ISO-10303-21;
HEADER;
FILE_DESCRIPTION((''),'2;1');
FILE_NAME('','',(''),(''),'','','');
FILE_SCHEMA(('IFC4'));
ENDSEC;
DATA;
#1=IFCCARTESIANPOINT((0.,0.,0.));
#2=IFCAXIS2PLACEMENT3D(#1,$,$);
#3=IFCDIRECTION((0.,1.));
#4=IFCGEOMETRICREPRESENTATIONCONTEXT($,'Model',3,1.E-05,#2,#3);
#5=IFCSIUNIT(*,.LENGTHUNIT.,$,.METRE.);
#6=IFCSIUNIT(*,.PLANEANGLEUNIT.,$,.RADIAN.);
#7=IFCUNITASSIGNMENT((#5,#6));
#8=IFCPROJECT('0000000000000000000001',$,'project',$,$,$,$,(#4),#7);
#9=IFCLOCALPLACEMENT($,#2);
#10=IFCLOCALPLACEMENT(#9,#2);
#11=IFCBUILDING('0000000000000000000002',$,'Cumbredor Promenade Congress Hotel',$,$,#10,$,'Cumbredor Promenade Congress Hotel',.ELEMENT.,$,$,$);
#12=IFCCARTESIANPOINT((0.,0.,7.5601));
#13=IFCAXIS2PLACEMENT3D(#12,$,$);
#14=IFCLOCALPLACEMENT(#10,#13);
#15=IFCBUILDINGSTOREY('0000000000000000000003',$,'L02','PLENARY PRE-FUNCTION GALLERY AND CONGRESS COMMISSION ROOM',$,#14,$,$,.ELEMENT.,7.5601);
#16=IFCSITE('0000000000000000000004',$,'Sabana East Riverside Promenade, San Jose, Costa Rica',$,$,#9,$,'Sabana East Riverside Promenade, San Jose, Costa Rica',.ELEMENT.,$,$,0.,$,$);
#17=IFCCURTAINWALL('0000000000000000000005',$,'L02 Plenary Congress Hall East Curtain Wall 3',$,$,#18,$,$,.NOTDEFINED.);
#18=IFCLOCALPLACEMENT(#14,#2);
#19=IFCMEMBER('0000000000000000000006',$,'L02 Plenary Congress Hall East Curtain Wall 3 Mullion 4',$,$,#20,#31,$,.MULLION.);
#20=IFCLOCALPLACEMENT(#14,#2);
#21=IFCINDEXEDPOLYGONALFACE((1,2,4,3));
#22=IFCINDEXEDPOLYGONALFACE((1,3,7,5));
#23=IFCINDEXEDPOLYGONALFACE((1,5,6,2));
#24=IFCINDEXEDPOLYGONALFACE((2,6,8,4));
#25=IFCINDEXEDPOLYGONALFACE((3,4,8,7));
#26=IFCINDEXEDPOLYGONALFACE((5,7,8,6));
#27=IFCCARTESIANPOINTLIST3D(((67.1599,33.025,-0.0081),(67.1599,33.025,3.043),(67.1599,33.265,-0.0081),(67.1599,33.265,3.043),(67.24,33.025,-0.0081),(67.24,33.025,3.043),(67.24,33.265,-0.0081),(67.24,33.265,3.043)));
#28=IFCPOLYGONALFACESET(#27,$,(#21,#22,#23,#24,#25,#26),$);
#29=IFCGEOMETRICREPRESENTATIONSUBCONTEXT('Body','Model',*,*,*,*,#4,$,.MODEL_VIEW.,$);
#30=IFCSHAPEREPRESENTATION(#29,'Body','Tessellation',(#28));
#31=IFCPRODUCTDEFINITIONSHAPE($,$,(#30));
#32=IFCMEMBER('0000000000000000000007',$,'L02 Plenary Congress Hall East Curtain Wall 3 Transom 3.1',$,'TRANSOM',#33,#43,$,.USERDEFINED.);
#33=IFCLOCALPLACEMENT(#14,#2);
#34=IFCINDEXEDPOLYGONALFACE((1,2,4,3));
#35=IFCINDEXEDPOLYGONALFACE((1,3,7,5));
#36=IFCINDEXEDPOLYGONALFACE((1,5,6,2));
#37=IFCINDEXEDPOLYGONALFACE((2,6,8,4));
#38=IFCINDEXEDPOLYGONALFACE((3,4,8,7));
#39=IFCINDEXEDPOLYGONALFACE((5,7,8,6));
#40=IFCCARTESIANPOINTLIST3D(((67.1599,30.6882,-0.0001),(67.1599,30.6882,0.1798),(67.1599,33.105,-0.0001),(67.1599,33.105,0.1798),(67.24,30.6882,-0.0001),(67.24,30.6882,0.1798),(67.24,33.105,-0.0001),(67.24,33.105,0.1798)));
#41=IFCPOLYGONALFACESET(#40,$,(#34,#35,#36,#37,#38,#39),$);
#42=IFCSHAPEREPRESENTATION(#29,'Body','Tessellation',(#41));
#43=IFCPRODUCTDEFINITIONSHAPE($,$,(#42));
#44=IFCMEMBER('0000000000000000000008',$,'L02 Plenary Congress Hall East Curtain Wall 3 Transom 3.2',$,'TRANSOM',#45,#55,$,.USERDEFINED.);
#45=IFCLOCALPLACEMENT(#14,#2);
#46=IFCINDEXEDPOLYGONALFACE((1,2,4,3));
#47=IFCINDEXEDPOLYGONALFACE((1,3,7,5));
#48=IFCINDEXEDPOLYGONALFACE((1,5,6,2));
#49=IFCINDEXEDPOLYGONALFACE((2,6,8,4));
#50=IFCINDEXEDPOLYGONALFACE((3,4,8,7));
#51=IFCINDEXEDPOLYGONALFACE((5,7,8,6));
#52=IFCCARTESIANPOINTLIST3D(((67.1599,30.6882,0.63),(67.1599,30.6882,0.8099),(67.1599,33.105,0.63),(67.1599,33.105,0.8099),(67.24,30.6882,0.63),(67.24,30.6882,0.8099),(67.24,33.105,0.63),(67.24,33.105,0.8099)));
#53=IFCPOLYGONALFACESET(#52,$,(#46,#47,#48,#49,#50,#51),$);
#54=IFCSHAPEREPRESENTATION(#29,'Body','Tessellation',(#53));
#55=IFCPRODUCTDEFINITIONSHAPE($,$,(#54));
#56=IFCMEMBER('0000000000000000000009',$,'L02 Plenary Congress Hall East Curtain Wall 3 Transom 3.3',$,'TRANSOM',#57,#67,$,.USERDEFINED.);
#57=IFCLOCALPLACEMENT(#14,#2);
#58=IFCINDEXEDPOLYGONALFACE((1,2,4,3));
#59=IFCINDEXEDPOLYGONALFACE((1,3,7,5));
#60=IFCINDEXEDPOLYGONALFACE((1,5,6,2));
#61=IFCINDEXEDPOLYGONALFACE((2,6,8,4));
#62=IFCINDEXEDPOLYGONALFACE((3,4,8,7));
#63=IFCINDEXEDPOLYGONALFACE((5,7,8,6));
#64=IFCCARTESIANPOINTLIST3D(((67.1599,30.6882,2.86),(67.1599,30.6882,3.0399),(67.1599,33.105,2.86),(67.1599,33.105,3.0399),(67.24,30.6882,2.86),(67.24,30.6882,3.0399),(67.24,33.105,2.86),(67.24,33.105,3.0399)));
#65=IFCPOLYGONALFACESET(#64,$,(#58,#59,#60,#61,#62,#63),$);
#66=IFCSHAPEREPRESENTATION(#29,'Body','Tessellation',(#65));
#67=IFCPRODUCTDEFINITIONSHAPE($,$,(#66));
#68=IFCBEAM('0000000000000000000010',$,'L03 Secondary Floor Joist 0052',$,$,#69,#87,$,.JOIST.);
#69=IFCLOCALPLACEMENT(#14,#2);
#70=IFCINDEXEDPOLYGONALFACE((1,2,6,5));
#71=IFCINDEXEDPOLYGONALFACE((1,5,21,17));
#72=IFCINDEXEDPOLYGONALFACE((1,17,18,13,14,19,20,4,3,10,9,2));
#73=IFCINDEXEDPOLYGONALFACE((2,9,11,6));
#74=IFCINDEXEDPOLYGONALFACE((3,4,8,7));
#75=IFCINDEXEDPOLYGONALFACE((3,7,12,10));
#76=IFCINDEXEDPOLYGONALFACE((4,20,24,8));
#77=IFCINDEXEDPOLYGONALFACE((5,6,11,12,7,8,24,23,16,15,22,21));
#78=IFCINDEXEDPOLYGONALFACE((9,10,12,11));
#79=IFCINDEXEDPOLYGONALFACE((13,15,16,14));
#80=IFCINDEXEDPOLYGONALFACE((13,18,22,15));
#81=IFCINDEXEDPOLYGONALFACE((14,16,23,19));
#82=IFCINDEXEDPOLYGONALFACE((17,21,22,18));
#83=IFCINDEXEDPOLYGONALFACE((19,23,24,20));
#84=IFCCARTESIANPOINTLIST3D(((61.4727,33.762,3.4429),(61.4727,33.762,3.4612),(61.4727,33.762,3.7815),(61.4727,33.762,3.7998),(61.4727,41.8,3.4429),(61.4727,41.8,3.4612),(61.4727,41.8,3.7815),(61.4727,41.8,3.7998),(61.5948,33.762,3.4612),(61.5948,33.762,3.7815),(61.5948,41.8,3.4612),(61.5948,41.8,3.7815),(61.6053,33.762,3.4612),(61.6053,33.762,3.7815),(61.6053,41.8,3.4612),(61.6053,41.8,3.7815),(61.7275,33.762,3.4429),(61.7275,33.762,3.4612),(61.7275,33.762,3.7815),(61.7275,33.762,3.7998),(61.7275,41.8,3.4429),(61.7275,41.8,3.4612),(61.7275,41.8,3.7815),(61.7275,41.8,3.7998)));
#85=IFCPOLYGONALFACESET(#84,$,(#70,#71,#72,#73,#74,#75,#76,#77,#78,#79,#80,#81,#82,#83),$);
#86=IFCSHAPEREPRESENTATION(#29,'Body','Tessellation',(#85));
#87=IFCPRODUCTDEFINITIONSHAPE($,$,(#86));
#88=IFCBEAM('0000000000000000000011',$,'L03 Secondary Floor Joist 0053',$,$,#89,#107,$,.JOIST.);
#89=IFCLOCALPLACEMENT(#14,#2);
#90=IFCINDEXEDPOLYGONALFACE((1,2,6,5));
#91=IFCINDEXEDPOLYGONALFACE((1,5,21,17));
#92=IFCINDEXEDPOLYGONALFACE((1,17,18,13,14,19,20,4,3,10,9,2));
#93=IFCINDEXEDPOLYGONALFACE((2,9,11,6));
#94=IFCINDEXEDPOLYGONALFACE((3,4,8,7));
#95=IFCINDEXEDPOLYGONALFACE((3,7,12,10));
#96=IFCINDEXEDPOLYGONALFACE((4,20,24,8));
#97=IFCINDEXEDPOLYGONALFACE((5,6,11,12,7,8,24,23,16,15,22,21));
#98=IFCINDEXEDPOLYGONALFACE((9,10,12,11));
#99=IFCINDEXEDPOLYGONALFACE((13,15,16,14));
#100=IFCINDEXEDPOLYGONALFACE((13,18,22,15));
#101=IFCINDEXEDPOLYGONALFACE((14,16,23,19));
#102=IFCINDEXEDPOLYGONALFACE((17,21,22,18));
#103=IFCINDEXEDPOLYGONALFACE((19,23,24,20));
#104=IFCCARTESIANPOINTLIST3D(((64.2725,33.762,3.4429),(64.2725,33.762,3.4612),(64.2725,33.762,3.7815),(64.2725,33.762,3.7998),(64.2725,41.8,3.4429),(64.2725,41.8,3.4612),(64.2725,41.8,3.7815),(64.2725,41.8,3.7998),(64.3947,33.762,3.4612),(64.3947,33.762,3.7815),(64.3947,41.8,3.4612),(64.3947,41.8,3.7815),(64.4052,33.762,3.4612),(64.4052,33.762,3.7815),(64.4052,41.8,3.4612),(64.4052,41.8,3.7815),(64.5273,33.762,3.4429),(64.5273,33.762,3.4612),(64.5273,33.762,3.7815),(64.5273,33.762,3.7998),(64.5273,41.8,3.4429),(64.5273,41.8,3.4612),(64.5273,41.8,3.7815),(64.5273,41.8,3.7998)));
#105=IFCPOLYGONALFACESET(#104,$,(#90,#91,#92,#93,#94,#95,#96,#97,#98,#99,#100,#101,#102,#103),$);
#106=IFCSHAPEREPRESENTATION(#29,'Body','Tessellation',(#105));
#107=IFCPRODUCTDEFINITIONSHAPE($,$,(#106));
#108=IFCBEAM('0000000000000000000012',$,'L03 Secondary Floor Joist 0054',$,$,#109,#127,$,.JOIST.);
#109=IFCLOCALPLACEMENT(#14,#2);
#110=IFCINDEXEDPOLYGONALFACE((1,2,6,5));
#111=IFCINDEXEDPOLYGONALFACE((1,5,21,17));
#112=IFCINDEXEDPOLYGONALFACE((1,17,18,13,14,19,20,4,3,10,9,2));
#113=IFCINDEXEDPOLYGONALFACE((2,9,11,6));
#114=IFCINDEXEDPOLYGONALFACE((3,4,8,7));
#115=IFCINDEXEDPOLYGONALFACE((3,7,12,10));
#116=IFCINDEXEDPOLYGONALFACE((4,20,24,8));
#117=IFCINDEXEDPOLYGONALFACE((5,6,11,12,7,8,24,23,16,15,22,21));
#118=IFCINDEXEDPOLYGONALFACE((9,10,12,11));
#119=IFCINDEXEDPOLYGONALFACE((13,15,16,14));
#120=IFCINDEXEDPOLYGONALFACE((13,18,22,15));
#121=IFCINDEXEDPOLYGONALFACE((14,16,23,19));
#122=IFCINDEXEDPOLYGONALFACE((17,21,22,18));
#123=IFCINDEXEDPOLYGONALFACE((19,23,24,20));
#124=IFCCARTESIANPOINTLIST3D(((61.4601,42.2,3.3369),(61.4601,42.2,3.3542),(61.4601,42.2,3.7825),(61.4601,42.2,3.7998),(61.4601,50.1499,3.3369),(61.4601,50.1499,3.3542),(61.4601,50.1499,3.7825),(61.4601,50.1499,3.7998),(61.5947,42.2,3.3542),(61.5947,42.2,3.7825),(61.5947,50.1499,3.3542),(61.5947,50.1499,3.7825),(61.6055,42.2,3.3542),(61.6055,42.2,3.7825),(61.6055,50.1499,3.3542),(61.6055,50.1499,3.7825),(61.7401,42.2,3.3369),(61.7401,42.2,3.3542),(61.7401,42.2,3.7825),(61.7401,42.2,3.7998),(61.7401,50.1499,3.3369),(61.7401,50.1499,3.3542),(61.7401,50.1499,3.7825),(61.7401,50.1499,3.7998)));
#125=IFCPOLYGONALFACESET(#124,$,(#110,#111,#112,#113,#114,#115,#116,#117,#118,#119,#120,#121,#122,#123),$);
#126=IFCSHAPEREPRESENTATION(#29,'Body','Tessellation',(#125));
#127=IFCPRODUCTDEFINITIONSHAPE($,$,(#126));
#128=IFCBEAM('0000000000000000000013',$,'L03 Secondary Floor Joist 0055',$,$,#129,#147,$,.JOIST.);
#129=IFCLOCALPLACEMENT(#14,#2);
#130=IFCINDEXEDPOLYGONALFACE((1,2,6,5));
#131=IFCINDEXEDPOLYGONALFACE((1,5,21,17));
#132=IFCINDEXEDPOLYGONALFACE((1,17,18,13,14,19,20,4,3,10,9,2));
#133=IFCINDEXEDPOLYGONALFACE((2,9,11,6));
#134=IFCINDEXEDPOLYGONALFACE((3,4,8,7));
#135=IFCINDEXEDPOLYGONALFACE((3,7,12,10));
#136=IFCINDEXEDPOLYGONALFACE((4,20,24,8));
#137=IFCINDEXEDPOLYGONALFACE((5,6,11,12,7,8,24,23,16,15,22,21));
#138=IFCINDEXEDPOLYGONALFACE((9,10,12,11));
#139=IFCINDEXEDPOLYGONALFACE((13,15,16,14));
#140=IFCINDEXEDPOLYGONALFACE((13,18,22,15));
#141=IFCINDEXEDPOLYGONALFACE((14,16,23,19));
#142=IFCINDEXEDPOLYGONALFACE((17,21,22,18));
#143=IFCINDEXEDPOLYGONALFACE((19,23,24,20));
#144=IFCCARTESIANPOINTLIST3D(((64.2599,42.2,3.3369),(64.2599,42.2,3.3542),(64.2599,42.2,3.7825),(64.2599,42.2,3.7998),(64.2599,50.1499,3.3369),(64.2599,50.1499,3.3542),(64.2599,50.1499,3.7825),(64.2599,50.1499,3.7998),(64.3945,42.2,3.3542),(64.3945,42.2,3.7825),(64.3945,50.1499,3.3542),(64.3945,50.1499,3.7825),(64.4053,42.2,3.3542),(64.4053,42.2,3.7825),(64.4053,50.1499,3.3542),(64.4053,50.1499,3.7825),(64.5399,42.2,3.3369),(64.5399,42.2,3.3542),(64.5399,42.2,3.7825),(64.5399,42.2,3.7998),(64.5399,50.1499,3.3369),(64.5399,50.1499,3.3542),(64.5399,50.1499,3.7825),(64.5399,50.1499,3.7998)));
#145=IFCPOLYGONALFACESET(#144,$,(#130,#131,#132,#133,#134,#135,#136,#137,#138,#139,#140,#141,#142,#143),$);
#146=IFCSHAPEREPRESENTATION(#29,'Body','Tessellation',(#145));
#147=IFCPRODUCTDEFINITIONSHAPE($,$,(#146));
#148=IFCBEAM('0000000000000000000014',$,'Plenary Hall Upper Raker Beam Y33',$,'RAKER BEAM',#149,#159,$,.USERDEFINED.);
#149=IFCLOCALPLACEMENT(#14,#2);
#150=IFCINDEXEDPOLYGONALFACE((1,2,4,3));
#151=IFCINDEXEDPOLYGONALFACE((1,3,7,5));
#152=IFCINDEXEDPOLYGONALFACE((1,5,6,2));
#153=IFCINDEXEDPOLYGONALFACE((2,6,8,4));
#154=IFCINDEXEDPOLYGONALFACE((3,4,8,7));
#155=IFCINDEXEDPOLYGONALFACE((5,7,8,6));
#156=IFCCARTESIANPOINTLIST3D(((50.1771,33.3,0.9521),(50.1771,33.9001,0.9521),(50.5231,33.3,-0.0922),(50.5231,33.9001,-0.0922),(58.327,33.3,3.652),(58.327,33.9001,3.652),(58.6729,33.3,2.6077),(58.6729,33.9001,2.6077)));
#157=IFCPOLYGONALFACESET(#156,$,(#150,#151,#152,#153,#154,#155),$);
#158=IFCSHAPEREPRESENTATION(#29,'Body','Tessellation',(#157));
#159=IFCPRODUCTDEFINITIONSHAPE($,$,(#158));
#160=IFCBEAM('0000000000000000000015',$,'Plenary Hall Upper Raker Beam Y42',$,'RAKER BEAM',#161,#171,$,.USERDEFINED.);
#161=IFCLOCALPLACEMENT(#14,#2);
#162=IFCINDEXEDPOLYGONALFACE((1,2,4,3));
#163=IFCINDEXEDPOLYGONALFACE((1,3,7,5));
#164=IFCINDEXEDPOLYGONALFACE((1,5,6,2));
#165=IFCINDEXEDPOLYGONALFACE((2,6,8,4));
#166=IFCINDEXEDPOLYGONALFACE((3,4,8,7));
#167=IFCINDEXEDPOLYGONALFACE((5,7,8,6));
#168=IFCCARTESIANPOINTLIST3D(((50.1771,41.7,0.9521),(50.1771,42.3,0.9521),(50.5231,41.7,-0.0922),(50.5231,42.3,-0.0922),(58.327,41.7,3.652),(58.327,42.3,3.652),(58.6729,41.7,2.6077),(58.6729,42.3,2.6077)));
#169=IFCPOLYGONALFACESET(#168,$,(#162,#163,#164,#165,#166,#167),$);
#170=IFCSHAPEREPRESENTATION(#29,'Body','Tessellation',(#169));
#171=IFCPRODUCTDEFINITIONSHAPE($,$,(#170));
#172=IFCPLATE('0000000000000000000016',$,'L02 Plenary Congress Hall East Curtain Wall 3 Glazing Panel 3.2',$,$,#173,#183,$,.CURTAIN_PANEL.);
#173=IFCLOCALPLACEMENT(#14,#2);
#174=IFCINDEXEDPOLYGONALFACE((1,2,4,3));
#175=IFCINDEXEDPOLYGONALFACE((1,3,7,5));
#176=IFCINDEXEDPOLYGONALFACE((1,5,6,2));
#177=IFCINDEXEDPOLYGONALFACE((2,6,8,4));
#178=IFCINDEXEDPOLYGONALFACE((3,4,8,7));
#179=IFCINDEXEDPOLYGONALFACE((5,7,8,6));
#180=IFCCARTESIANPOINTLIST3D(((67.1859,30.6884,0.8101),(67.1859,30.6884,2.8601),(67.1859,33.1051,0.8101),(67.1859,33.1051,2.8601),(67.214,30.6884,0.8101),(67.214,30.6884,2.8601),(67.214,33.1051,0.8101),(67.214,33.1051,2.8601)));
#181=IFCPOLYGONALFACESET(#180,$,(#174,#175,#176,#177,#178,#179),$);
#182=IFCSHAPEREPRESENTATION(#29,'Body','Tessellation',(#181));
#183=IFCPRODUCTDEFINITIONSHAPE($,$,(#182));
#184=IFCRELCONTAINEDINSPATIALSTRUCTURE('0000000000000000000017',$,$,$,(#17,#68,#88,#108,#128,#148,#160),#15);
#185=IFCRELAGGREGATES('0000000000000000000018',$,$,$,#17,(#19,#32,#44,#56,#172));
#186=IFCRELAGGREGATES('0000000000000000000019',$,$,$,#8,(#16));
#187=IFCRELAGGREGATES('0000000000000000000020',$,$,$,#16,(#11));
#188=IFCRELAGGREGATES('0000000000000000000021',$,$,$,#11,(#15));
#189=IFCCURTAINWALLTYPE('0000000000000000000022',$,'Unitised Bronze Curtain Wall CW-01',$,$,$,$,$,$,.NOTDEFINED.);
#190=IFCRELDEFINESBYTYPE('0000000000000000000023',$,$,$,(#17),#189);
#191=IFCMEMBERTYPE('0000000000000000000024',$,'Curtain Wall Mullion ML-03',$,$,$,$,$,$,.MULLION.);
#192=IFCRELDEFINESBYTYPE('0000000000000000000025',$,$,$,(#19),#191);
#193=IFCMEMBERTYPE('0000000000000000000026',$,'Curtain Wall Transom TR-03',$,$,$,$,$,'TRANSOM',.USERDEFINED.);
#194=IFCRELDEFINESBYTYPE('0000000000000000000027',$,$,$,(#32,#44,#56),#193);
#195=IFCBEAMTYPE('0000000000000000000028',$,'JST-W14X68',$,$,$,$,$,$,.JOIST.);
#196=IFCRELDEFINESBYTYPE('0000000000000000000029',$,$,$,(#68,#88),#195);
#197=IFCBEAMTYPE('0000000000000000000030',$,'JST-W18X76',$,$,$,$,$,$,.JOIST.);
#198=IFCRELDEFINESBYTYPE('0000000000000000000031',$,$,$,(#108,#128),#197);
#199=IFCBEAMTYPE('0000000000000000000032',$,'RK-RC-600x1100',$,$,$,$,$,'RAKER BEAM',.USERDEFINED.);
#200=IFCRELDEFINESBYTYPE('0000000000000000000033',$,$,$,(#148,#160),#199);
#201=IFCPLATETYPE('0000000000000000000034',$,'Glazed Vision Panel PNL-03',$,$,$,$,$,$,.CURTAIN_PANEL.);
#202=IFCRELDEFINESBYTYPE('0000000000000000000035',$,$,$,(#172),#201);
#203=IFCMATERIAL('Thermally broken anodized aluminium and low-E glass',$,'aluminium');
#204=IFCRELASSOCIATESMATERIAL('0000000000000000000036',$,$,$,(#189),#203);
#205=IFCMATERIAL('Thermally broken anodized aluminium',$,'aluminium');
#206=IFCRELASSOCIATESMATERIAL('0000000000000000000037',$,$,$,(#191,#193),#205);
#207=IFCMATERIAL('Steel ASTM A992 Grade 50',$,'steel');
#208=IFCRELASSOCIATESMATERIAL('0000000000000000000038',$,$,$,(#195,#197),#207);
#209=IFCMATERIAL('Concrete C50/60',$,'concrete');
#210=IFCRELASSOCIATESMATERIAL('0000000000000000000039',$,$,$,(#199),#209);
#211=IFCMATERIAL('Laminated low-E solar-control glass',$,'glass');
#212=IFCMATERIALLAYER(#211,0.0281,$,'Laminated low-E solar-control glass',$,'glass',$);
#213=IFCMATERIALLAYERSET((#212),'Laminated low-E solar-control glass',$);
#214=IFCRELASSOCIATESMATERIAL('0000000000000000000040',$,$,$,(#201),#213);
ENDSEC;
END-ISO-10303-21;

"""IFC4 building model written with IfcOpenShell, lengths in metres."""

from ifc_helpers import new_model, si_unit, direction, frame, origin, origin_2d, place, context, subcontext, project, spatial, rectangle, i_section, extrude, material, layer, layer_set, material_profile, profile_set, type_object, element, aggregate, save


model = new_model("IFC4")

# Units and contexts
model_context = context("Model", 3, precision=1e-05, world=origin(), true_north=direction((0.0, 1.0)))
body_context = subcontext(model_context, "Body", "Model", "MODEL_VIEW")
ifc_project = project(units=[si_unit("LENGTHUNIT", "METRE"), si_unit("PLANEANGLEUNIT", "RADIAN")], contexts=[model_context])

# Site, building, storey
site_placement = place(None, origin())
site = spatial("IfcSite", under=ifc_project, at=site_placement, Name="Sabana East Riverside Promenade, San Jose, Costa Rica", LongName="Sabana East Riverside Promenade, San Jose, Costa Rica", CompositionType="ELEMENT", RefElevation=0.0)
building_placement = place(site_placement, origin())
building = spatial("IfcBuilding", under=site, at=building_placement, Name="Cumbredor Promenade Congress Hotel", LongName="Cumbredor Promenade Congress Hotel", CompositionType="ELEMENT")
storey_placement = place(building_placement, frame((0.0, 0.0, 7.5601)))
storey = spatial("IfcBuildingStorey", under=building, at=storey_placement, Name="L02", Description="PLENARY PRE-FUNCTION GALLERY AND CONGRESS COMMISSION ROOM", CompositionType="ELEMENT", Elevation=7.5601)

# Shared definitions
ifc_material_1 = material(Name="Concrete C50/60", Category="concrete")

# Shared definitions
ifc_material_2 = material(Name="Steel ASTM A992 Grade 50", Category="steel")

# Curtain wall, members
ifc_material_3 = material(Name="Thermally broken anodized aluminium and low-E glass", Category="aluminium")
curtain_wall_type = type_object("IfcCurtainWallType", Name="Unitised Bronze Curtain Wall CW-01", PredefinedType="NOTDEFINED", material=ifc_material_3)
curtain_wall_placement = place(storey_placement, origin())
curtain_wall = element("IfcCurtainWall", 1, at=curtain_wall_placement, inside=storey, type_object=curtain_wall_type, Name="L02 Plenary Congress Hall East Curtain Wall 3", PredefinedType="NOTDEFINED")
ifc_material_4 = material(Name="Thermally broken anodized aluminium", Category="aluminium")
ifc_material_profile_1 = material_profile(ifc_material_4, rectangle(XDim=0.0801, YDim=0.24, at=origin_2d()), Name="ALU MULLION 80x240")
ifc_profile_set_1 = profile_set([ifc_material_profile_1], Name="Thermally broken anodized aluminium")
member_type_1 = type_object("IfcMemberType", Name="Curtain Wall Mullion ML-03", PredefinedType="MULLION", material=ifc_profile_set_1)
member_1_placement = place(storey_placement, frame((67.2, 33.145, -0.0081), z_axis=(0.0, 0.0, 1.0), x_axis=(1.0, 0.0, 0.0)))
member_1 = element("IfcMember", 2, at=member_1_placement, type_object=member_type_1, Name="L02 Plenary Congress Hall East Curtain Wall 3 Mullion 4", PredefinedType="MULLION", context=body_context, shape_type="SweptSolid", body=[
    extrude(rectangle(XDim=0.0801, YDim=0.24, at=origin_2d()), origin(), (0.0, 0.0, 1.0), 3.051),
])
ifc_material_profile_2 = material_profile(ifc_material_4, rectangle(XDim=0.0801, YDim=0.1799, at=origin_2d()), Name="ALU TRANSOM 80x180")
ifc_profile_set_2 = profile_set([ifc_material_profile_2], Name="Thermally broken anodized aluminium")
member_type_2 = type_object("IfcMemberType", Name="Curtain Wall Transom TR-03", ElementType="TRANSOM", PredefinedType="USERDEFINED", material=ifc_profile_set_2)
member_2_placement = place(storey_placement, frame((67.2, 30.6882, 0.0898), z_axis=(0.0, 1.0, 0.0), x_axis=(-1.0, 0.0, 0.0)))
member_2 = element("IfcMember", 3, at=member_2_placement, type_object=member_type_2, Name="L02 Plenary Congress Hall East Curtain Wall 3 Transom 3.1", ObjectType="TRANSOM", PredefinedType="USERDEFINED", context=body_context, shape_type="SweptSolid", body=[
    extrude(rectangle(XDim=0.0801, YDim=0.1799, at=origin_2d()), origin(), (0.0, 0.0, 1.0), 2.4167),
])
member_3_placement = place(storey_placement, frame((67.2, 30.6882, 0.72), z_axis=(0.0, 1.0, 0.0), x_axis=(-1.0, 0.0, 0.0)))
member_3 = element("IfcMember", 4, at=member_3_placement, type_object=member_type_2, Name="L02 Plenary Congress Hall East Curtain Wall 3 Transom 3.2", ObjectType="TRANSOM", PredefinedType="USERDEFINED", context=body_context, shape_type="SweptSolid", body=[
    extrude(rectangle(XDim=0.0801, YDim=0.1799, at=origin_2d()), origin(), (0.0, 0.0, 1.0), 2.4167),
])
member_4_placement = place(storey_placement, frame((67.2, 30.6882, 2.95), z_axis=(0.0, 1.0, 0.0), x_axis=(-1.0, 0.0, 0.0)))
member_4 = element("IfcMember", 5, at=member_4_placement, type_object=member_type_2, Name="L02 Plenary Congress Hall East Curtain Wall 3 Transom 3.3", ObjectType="TRANSOM", PredefinedType="USERDEFINED", context=body_context, shape_type="SweptSolid", body=[
    extrude(rectangle(XDim=0.0801, YDim=0.1799, at=origin_2d()), origin(), (0.0, 0.0, 1.0), 2.4167),
])

# Beams
ifc_material_profile_3 = material_profile(ifc_material_2, i_section(OverallWidth=0.2549, OverallDepth=0.3569, WebThickness=0.0105, FlangeThickness=0.0183, at=origin_2d()), Name="W14X68")
ifc_profile_set_3 = profile_set([ifc_material_profile_3], Name="Steel ASTM A992 Grade 50")
beam_type_1 = type_object("IfcBeamType", Name="JST-W14X68", PredefinedType="JOIST", material=ifc_profile_set_3)
for number, where, z_axis, x_axis, name in (
    (6, (61.6001, 33.762, 3.6213), (0.0, 1.0, 0.0), (-1.0, 0.0, 0.0), "L03 Secondary Floor Joist 0052"),
    (7, (64.3999, 33.762, 3.6213), (0.0, 1.0, 0.0), (-1.0, 0.0, 0.0), "L03 Secondary Floor Joist 0053"),
):
    element("IfcBeam", number, at=place(storey_placement, frame(where, z_axis=z_axis, x_axis=x_axis)), inside=storey, type_object=beam_type_1, Name=name, PredefinedType="JOIST", context=body_context, shape_type="SweptSolid", body=[
        extrude(i_section(OverallWidth=0.2549, OverallDepth=0.3569, WebThickness=0.0105, FlangeThickness=0.0183, at=origin_2d()), origin(), (0.0, 0.0, 1.0), 8.0381),
    ])
ifc_material_profile_4 = material_profile(ifc_material_2, i_section(OverallWidth=0.28, OverallDepth=0.4629, WebThickness=0.0107, FlangeThickness=0.0173, at=origin_2d()), Name="W18X76")
ifc_profile_set_4 = profile_set([ifc_material_profile_4], Name="Steel ASTM A992 Grade 50")
beam_type_2 = type_object("IfcBeamType", Name="JST-W18X76", PredefinedType="JOIST", material=ifc_profile_set_4)
for number, where, z_axis, x_axis, name in (
    (8, (61.6001, 42.2, 3.5684), (0.0, 1.0, 0.0), (-1.0, 0.0, 0.0), "L03 Secondary Floor Joist 0054"),
    (9, (64.3999, 42.2, 3.5684), (0.0, 1.0, 0.0), (-1.0, 0.0, 0.0), "L03 Secondary Floor Joist 0055"),
):
    element("IfcBeam", number, at=place(storey_placement, frame(where, z_axis=z_axis, x_axis=x_axis)), inside=storey, type_object=beam_type_2, Name=name, PredefinedType="JOIST", context=body_context, shape_type="SweptSolid", body=[
        extrude(i_section(OverallWidth=0.28, OverallDepth=0.4629, WebThickness=0.0107, FlangeThickness=0.0173, at=origin_2d()), origin(), (0.0, 0.0, 1.0), 7.95),
    ])
ifc_material_profile_5 = material_profile(ifc_material_1, rectangle(XDim=0.6001, YDim=1.1001, at=origin_2d()), Name="RC RAKER 600x1100")
ifc_profile_set_5 = profile_set([ifc_material_profile_5], Name="Concrete C50/60")
beam_type_3 = type_object("IfcBeamType", Name="RK-RC-600x1100", ElementType="RAKER BEAM", PredefinedType="USERDEFINED", material=ifc_profile_set_5)
for number, where, z_axis, x_axis, name in (
    (10, (50.3501, 33.6001, 0.4299), (0.949265, 0.0, 0.314478), (0.0, 1.0, 0.0), "Plenary Hall Upper Raker Beam Y33"),
    (11, (50.3501, 42.0, 0.4299), (0.949265, 0.0, 0.314478), (0.0, 1.0, 0.0), "Plenary Hall Upper Raker Beam Y42"),
):
    element("IfcBeam", number, at=place(storey_placement, frame(where, z_axis=z_axis, x_axis=x_axis)), inside=storey, type_object=beam_type_3, Name=name, ObjectType="RAKER BEAM", PredefinedType="USERDEFINED", context=body_context, shape_type="SweptSolid", body=[
        extrude(rectangle(XDim=0.6001, YDim=1.1001, at=origin_2d()), origin(), (0.0, 0.0, 1.0), 8.5854),
    ])

# Plate
ifc_material_5 = material(Name="Laminated low-E solar-control glass", Category="glass")
ifc_layer_1 = layer(ifc_material_5, 0.0281, Name="Laminated low-E solar-control glass", Category="glass")
ifc_layer_set_1 = layer_set([ifc_layer_1], Name="Laminated low-E solar-control glass")
plate_type_1 = type_object("IfcPlateType", Name="Glazed Vision Panel PNL-03", PredefinedType="CURTAIN_PANEL", material=ifc_layer_set_1)
plate_1_placement = place(storey_placement, frame((67.2, 31.8967, 0.8101), z_axis=(0.0, 0.0, 1.0), x_axis=(0.0, 1.0, 0.0)))
plate_1 = element("IfcPlate", 12, at=plate_1_placement, type_object=plate_type_1, Name="L02 Plenary Congress Hall East Curtain Wall 3 Glazing Panel 3.2", PredefinedType="CURTAIN_PANEL", context=body_context, shape_type="SweptSolid", body=[
    extrude(rectangle(XDim=2.4167, YDim=0.0281, at=origin_2d()), origin(), (0.0, 0.0, 1.0), 2.05),
])
aggregate(curtain_wall, [member_1, member_2, member_3, member_4, plate_1])

save(model, "model.ifc")
